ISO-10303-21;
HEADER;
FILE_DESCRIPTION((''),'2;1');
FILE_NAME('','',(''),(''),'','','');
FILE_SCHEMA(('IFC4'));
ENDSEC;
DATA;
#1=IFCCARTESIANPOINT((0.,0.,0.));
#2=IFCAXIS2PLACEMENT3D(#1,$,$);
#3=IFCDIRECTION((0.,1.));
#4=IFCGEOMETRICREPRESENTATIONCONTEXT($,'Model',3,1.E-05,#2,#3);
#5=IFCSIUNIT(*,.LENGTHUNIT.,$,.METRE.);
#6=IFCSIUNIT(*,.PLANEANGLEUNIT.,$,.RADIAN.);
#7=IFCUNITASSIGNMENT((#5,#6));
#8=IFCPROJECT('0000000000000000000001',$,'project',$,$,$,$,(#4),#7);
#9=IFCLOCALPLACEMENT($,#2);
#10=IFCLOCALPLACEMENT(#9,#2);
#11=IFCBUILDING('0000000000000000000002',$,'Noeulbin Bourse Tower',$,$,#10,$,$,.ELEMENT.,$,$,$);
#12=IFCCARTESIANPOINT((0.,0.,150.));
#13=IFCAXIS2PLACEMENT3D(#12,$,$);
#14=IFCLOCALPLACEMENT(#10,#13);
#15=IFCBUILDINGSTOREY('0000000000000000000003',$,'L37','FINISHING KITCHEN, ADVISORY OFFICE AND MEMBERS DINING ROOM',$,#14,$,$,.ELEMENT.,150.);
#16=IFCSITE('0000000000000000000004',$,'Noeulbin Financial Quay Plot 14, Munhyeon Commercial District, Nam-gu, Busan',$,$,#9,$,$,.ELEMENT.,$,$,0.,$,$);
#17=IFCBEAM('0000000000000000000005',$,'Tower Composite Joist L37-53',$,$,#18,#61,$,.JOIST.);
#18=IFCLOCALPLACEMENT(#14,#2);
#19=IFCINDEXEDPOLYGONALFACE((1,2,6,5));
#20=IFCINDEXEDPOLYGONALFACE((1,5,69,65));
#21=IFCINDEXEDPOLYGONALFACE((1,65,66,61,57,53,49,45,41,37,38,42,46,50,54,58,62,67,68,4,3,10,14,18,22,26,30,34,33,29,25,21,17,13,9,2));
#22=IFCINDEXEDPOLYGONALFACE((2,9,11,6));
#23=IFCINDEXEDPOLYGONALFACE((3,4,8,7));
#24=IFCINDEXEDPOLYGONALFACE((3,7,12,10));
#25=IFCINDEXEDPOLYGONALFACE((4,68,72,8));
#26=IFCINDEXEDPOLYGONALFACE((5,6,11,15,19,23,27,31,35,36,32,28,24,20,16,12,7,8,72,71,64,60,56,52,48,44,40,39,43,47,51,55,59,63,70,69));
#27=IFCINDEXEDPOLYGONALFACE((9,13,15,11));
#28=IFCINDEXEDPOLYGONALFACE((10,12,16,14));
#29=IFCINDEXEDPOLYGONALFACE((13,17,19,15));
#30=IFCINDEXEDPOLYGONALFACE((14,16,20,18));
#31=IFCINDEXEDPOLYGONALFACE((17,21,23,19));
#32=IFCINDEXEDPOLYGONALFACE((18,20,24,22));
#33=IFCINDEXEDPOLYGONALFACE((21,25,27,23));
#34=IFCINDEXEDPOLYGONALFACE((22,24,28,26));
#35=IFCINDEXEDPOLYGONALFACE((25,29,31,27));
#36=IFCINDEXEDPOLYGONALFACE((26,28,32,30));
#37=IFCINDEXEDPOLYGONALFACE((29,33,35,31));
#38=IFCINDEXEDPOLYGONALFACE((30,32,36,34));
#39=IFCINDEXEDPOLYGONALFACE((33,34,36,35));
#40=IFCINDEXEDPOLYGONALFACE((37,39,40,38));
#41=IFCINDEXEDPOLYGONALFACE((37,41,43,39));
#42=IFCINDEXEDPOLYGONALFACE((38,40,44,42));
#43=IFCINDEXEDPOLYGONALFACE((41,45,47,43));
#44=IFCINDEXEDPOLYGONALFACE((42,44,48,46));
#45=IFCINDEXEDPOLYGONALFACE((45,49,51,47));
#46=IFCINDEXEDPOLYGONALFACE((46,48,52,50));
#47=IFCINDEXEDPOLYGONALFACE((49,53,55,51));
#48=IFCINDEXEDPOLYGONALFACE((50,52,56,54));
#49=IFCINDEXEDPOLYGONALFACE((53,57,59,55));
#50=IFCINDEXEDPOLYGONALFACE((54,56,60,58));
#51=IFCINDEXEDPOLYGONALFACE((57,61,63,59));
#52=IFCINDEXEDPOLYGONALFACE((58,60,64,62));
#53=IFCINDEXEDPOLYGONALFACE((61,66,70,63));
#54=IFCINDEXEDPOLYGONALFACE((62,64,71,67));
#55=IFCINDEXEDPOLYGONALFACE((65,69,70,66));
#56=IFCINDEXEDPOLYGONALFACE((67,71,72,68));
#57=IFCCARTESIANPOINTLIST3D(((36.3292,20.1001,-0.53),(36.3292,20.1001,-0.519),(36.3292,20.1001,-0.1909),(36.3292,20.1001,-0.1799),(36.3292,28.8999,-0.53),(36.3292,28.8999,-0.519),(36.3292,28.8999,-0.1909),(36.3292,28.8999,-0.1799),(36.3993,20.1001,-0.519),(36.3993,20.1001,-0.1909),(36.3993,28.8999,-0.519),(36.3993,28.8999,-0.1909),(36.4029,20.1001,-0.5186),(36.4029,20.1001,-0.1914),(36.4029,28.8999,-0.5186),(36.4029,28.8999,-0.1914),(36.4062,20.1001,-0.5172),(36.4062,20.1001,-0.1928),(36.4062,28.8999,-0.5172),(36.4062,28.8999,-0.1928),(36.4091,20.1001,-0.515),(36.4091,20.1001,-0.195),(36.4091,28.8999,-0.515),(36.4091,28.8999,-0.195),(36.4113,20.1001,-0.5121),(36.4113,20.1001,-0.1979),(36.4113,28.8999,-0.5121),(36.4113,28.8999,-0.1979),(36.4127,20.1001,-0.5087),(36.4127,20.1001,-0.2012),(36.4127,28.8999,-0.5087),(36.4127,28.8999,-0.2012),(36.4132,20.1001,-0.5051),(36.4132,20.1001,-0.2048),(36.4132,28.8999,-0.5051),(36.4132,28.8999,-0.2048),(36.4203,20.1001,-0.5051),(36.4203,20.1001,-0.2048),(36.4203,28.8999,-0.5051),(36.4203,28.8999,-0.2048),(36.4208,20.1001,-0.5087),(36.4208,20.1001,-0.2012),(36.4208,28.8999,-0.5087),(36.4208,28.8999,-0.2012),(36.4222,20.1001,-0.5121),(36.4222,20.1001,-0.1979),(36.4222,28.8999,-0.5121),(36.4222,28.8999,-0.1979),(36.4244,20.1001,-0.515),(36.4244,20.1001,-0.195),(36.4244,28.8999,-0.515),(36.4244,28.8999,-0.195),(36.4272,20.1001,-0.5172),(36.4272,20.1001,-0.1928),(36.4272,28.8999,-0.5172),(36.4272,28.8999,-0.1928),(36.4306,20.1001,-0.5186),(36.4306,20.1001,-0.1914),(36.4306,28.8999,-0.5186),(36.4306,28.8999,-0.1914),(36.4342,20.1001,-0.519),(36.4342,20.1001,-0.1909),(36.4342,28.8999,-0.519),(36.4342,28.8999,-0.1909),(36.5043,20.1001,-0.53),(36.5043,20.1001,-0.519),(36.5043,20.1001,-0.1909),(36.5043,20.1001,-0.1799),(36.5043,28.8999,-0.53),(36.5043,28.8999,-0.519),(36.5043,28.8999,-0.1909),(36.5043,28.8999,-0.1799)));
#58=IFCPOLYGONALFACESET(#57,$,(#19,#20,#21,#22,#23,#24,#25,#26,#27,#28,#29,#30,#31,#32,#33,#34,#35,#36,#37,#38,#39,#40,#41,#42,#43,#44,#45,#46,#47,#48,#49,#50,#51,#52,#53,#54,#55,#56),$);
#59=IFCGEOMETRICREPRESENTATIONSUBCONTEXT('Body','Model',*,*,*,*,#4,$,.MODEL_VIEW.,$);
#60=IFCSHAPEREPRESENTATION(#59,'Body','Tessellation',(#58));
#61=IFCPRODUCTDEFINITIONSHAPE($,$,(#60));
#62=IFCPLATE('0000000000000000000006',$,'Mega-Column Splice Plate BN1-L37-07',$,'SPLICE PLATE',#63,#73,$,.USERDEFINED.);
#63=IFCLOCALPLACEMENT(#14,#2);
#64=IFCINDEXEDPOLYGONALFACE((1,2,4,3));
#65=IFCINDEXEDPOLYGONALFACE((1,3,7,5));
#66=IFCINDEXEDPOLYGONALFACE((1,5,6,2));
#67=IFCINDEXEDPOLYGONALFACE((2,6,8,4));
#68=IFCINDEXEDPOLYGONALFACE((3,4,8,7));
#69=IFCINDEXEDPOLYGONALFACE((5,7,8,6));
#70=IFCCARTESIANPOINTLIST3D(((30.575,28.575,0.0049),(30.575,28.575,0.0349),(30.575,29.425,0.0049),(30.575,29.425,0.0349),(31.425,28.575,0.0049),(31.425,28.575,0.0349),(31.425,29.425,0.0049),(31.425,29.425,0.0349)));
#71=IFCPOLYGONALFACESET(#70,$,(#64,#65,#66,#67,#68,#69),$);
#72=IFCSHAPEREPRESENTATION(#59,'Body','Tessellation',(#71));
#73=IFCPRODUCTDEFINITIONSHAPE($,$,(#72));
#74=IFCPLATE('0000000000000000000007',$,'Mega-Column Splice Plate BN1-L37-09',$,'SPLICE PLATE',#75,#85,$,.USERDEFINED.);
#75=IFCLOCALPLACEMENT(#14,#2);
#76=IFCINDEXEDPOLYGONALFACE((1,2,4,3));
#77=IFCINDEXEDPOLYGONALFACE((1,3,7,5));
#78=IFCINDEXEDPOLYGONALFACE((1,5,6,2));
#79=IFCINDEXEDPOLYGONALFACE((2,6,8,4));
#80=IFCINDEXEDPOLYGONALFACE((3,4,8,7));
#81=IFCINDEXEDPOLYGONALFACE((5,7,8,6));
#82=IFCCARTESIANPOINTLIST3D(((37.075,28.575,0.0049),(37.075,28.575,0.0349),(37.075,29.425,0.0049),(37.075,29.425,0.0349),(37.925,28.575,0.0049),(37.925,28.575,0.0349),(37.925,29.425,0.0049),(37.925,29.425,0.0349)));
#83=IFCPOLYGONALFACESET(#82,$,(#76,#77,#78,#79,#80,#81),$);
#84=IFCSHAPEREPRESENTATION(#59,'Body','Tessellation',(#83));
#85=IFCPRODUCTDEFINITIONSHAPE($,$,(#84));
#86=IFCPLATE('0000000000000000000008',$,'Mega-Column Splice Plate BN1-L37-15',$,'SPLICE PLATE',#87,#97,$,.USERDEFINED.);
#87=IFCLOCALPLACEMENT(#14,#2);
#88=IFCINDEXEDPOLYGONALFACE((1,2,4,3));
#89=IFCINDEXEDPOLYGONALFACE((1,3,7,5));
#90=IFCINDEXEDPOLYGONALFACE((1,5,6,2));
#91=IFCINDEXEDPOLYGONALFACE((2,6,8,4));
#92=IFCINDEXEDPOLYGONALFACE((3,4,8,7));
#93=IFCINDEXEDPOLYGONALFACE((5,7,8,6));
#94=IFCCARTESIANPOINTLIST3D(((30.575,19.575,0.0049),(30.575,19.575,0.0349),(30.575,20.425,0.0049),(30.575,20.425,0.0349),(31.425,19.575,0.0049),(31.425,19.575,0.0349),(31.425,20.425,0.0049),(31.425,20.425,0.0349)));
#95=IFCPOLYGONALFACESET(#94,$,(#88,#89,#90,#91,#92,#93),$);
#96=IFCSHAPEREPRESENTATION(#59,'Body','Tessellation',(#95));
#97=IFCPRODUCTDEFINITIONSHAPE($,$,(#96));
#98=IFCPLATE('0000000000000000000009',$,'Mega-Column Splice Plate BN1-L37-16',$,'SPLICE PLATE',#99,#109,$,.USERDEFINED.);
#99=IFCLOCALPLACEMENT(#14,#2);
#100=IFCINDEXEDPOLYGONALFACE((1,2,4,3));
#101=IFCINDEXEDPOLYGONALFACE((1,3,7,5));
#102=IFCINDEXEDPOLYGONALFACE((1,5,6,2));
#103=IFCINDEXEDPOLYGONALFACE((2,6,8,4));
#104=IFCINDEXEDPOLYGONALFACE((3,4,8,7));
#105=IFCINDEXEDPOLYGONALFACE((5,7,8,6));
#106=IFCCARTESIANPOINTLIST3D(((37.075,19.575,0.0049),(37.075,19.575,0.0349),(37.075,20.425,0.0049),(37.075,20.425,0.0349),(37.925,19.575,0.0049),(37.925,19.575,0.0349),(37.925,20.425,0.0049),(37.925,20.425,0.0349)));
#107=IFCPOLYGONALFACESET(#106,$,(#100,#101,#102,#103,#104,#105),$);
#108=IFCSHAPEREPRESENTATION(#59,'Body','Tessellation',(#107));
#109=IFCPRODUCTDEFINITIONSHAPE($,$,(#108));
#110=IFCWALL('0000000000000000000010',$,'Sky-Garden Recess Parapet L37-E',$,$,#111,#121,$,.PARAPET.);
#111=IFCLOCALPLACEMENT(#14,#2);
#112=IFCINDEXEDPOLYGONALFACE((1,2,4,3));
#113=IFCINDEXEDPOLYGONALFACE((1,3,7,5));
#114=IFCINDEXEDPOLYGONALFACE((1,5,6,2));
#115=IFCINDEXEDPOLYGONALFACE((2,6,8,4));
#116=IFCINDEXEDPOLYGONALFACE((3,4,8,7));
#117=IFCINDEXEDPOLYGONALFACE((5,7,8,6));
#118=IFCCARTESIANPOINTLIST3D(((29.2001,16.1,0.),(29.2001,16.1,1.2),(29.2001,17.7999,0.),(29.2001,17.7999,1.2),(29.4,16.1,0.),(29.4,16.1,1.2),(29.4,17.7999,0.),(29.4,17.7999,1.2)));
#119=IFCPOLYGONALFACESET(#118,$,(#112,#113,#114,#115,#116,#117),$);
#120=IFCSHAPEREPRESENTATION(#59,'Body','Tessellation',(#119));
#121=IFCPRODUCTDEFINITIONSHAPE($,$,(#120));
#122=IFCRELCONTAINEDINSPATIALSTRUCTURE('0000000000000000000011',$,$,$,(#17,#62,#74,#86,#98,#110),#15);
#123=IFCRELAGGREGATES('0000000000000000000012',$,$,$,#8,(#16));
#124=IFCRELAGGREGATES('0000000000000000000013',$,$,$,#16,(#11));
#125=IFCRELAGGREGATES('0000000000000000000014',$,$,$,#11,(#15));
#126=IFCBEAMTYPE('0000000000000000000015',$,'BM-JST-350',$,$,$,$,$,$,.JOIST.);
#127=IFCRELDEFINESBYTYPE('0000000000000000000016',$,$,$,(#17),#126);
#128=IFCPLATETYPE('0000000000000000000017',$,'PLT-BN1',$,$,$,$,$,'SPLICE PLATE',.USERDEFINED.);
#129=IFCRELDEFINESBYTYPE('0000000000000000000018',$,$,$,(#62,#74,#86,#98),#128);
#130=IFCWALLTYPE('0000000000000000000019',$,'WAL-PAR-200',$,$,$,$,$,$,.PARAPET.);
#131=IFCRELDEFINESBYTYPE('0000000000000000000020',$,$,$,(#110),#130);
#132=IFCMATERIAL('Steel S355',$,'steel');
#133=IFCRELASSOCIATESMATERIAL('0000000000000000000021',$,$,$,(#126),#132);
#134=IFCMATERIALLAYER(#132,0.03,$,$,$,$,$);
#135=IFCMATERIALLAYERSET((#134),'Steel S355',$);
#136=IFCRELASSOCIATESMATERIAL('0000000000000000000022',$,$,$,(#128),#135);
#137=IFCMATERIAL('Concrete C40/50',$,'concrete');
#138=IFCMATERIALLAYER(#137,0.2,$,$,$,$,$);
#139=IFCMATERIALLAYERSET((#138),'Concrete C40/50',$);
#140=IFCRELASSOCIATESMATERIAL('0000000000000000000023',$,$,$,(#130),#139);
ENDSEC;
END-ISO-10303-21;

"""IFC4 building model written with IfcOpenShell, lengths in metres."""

from ifc_helpers import new_model, si_unit, direction, frame, frame_2d, origin, origin_2d, place, context, subcontext, project, spatial, rectangle, i_section, extrude, material, layer, layer_set, material_profile, profile_set, type_object, element, save


model = new_model("IFC4")

# Units and contexts
model_context = context("Model", 3, precision=1e-05, world=origin(), true_north=direction((0.0, 1.0)))
body_context = subcontext(model_context, "Body", "Model", "MODEL_VIEW")
ifc_project = project(units=[si_unit("LENGTHUNIT", "METRE"), si_unit("PLANEANGLEUNIT", "RADIAN")], contexts=[model_context])

# Site, building, storey
site_placement = place(None, origin())
site = spatial("IfcSite", under=ifc_project, at=site_placement, Name="Noeulbin Financial Quay Plot 14, Munhyeon Commercial District, Nam-gu, Busan", CompositionType="ELEMENT", RefElevation=0.0)
building_placement = place(site_placement, origin())
building = spatial("IfcBuilding", under=site, at=building_placement, Name="Noeulbin Bourse Tower", CompositionType="ELEMENT")
storey_placement = place(building_placement, frame((0.0, 0.0, 150.0)))
storey = spatial("IfcBuildingStorey", under=building, at=storey_placement, Name="L37", Description="FINISHING KITCHEN, ADVISORY OFFICE AND MEMBERS DINING ROOM", CompositionType="ELEMENT", Elevation=150.0)

# Beam
ifc_material_1 = material(Name="Steel S355", Category="steel")
ifc_material_profile_1 = material_profile(ifc_material_1, i_section(OverallWidth=0.175, OverallDepth=0.3501, WebThickness=0.0071, FlangeThickness=0.011, FilletRadius=0.0139, at=origin_2d()), Name="H-350x175x7x11", Category="LoadBearing")
ifc_profile_set_1 = profile_set([ifc_material_profile_1], Name="Steel S355")
beam_type_1 = type_object("IfcBeamType", Name="BM-JST-350", PredefinedType="JOIST", material=ifc_profile_set_1)
beam_1_placement = place(storey_placement, frame((36.4167, 20.1001, -0.355), z_axis=(0.0, 1.0, 0.0), x_axis=(-1.0, 0.0, 0.0)))
element("IfcBeam", 1, at=beam_1_placement, inside=storey, type_object=beam_type_1, Name="Tower Composite Joist L37-53", PredefinedType="JOIST", context=body_context, shape_type="SweptSolid", body=[
    extrude(i_section(OverallWidth=0.175, OverallDepth=0.3501, WebThickness=0.0071, FlangeThickness=0.011, FilletRadius=0.0139, at=origin_2d()), origin(), (0.0, 0.0, 1.0), 8.7998),
])

# Plates
ifc_layer_1 = layer(ifc_material_1, 0.03)
ifc_layer_set_1 = layer_set([ifc_layer_1], Name="Steel S355")
plate_type = type_object("IfcPlateType", Name="PLT-BN1", ElementType="SPLICE PLATE", PredefinedType="USERDEFINED", material=ifc_layer_set_1)
for number, where, z_axis, x_axis, name in (
    (2, (31.0, 29.0, 0.0049), (0.0, 0.0, 1.0), (1.0, 0.0, 0.0), "Mega-Column Splice Plate BN1-L37-07"),
    (3, (37.5, 29.0, 0.0049), (0.0, 0.0, 1.0), (1.0, 0.0, 0.0), "Mega-Column Splice Plate BN1-L37-09"),
    (4, (31.0, 20.0, 0.0049), (0.0, 0.0, 1.0), (1.0, 0.0, 0.0), "Mega-Column Splice Plate BN1-L37-15"),
    (5, (37.5, 20.0, 0.0049), (0.0, 0.0, 1.0), (1.0, 0.0, 0.0), "Mega-Column Splice Plate BN1-L37-16"),
):
    element("IfcPlate", number, at=place(storey_placement, frame(where, z_axis=z_axis, x_axis=x_axis)), inside=storey, type_object=plate_type, Name=name, ObjectType="SPLICE PLATE", PredefinedType="USERDEFINED", context=body_context, shape_type="SweptSolid", body=[
        extrude(rectangle(XDim=0.8501, YDim=0.8501, at=origin_2d()), origin(), (0.0, 0.0, 1.0), 0.03),
    ])

# Wall
ifc_material_2 = material(Name="Concrete C40/50", Category="concrete")
ifc_layer_2 = layer(ifc_material_2, 0.2)
ifc_layer_set_2 = layer_set([ifc_layer_2], Name="Concrete C40/50")
wall_type = type_object("IfcWallType", Name="WAL-PAR-200", PredefinedType="PARAPET", material=ifc_layer_set_2)
wall_placement = place(storey_placement, frame((29.3, 17.8, 0.0), z_axis=(0.0, 0.0, 1.0), x_axis=(0.0, -1.0, 0.0)))
element("IfcWall", 6, at=wall_placement, inside=storey, type_object=wall_type, Name="Sky-Garden Recess Parapet L37-E", PredefinedType="PARAPET", context=body_context, shape_type="SweptSolid", body=[
    extrude(rectangle(XDim=1.7, YDim=0.2, at=frame_2d((0.8501, 0.0))), origin(), (0.0, 0.0, 1.0), 1.2),
])

save(model, "model.ifc")
